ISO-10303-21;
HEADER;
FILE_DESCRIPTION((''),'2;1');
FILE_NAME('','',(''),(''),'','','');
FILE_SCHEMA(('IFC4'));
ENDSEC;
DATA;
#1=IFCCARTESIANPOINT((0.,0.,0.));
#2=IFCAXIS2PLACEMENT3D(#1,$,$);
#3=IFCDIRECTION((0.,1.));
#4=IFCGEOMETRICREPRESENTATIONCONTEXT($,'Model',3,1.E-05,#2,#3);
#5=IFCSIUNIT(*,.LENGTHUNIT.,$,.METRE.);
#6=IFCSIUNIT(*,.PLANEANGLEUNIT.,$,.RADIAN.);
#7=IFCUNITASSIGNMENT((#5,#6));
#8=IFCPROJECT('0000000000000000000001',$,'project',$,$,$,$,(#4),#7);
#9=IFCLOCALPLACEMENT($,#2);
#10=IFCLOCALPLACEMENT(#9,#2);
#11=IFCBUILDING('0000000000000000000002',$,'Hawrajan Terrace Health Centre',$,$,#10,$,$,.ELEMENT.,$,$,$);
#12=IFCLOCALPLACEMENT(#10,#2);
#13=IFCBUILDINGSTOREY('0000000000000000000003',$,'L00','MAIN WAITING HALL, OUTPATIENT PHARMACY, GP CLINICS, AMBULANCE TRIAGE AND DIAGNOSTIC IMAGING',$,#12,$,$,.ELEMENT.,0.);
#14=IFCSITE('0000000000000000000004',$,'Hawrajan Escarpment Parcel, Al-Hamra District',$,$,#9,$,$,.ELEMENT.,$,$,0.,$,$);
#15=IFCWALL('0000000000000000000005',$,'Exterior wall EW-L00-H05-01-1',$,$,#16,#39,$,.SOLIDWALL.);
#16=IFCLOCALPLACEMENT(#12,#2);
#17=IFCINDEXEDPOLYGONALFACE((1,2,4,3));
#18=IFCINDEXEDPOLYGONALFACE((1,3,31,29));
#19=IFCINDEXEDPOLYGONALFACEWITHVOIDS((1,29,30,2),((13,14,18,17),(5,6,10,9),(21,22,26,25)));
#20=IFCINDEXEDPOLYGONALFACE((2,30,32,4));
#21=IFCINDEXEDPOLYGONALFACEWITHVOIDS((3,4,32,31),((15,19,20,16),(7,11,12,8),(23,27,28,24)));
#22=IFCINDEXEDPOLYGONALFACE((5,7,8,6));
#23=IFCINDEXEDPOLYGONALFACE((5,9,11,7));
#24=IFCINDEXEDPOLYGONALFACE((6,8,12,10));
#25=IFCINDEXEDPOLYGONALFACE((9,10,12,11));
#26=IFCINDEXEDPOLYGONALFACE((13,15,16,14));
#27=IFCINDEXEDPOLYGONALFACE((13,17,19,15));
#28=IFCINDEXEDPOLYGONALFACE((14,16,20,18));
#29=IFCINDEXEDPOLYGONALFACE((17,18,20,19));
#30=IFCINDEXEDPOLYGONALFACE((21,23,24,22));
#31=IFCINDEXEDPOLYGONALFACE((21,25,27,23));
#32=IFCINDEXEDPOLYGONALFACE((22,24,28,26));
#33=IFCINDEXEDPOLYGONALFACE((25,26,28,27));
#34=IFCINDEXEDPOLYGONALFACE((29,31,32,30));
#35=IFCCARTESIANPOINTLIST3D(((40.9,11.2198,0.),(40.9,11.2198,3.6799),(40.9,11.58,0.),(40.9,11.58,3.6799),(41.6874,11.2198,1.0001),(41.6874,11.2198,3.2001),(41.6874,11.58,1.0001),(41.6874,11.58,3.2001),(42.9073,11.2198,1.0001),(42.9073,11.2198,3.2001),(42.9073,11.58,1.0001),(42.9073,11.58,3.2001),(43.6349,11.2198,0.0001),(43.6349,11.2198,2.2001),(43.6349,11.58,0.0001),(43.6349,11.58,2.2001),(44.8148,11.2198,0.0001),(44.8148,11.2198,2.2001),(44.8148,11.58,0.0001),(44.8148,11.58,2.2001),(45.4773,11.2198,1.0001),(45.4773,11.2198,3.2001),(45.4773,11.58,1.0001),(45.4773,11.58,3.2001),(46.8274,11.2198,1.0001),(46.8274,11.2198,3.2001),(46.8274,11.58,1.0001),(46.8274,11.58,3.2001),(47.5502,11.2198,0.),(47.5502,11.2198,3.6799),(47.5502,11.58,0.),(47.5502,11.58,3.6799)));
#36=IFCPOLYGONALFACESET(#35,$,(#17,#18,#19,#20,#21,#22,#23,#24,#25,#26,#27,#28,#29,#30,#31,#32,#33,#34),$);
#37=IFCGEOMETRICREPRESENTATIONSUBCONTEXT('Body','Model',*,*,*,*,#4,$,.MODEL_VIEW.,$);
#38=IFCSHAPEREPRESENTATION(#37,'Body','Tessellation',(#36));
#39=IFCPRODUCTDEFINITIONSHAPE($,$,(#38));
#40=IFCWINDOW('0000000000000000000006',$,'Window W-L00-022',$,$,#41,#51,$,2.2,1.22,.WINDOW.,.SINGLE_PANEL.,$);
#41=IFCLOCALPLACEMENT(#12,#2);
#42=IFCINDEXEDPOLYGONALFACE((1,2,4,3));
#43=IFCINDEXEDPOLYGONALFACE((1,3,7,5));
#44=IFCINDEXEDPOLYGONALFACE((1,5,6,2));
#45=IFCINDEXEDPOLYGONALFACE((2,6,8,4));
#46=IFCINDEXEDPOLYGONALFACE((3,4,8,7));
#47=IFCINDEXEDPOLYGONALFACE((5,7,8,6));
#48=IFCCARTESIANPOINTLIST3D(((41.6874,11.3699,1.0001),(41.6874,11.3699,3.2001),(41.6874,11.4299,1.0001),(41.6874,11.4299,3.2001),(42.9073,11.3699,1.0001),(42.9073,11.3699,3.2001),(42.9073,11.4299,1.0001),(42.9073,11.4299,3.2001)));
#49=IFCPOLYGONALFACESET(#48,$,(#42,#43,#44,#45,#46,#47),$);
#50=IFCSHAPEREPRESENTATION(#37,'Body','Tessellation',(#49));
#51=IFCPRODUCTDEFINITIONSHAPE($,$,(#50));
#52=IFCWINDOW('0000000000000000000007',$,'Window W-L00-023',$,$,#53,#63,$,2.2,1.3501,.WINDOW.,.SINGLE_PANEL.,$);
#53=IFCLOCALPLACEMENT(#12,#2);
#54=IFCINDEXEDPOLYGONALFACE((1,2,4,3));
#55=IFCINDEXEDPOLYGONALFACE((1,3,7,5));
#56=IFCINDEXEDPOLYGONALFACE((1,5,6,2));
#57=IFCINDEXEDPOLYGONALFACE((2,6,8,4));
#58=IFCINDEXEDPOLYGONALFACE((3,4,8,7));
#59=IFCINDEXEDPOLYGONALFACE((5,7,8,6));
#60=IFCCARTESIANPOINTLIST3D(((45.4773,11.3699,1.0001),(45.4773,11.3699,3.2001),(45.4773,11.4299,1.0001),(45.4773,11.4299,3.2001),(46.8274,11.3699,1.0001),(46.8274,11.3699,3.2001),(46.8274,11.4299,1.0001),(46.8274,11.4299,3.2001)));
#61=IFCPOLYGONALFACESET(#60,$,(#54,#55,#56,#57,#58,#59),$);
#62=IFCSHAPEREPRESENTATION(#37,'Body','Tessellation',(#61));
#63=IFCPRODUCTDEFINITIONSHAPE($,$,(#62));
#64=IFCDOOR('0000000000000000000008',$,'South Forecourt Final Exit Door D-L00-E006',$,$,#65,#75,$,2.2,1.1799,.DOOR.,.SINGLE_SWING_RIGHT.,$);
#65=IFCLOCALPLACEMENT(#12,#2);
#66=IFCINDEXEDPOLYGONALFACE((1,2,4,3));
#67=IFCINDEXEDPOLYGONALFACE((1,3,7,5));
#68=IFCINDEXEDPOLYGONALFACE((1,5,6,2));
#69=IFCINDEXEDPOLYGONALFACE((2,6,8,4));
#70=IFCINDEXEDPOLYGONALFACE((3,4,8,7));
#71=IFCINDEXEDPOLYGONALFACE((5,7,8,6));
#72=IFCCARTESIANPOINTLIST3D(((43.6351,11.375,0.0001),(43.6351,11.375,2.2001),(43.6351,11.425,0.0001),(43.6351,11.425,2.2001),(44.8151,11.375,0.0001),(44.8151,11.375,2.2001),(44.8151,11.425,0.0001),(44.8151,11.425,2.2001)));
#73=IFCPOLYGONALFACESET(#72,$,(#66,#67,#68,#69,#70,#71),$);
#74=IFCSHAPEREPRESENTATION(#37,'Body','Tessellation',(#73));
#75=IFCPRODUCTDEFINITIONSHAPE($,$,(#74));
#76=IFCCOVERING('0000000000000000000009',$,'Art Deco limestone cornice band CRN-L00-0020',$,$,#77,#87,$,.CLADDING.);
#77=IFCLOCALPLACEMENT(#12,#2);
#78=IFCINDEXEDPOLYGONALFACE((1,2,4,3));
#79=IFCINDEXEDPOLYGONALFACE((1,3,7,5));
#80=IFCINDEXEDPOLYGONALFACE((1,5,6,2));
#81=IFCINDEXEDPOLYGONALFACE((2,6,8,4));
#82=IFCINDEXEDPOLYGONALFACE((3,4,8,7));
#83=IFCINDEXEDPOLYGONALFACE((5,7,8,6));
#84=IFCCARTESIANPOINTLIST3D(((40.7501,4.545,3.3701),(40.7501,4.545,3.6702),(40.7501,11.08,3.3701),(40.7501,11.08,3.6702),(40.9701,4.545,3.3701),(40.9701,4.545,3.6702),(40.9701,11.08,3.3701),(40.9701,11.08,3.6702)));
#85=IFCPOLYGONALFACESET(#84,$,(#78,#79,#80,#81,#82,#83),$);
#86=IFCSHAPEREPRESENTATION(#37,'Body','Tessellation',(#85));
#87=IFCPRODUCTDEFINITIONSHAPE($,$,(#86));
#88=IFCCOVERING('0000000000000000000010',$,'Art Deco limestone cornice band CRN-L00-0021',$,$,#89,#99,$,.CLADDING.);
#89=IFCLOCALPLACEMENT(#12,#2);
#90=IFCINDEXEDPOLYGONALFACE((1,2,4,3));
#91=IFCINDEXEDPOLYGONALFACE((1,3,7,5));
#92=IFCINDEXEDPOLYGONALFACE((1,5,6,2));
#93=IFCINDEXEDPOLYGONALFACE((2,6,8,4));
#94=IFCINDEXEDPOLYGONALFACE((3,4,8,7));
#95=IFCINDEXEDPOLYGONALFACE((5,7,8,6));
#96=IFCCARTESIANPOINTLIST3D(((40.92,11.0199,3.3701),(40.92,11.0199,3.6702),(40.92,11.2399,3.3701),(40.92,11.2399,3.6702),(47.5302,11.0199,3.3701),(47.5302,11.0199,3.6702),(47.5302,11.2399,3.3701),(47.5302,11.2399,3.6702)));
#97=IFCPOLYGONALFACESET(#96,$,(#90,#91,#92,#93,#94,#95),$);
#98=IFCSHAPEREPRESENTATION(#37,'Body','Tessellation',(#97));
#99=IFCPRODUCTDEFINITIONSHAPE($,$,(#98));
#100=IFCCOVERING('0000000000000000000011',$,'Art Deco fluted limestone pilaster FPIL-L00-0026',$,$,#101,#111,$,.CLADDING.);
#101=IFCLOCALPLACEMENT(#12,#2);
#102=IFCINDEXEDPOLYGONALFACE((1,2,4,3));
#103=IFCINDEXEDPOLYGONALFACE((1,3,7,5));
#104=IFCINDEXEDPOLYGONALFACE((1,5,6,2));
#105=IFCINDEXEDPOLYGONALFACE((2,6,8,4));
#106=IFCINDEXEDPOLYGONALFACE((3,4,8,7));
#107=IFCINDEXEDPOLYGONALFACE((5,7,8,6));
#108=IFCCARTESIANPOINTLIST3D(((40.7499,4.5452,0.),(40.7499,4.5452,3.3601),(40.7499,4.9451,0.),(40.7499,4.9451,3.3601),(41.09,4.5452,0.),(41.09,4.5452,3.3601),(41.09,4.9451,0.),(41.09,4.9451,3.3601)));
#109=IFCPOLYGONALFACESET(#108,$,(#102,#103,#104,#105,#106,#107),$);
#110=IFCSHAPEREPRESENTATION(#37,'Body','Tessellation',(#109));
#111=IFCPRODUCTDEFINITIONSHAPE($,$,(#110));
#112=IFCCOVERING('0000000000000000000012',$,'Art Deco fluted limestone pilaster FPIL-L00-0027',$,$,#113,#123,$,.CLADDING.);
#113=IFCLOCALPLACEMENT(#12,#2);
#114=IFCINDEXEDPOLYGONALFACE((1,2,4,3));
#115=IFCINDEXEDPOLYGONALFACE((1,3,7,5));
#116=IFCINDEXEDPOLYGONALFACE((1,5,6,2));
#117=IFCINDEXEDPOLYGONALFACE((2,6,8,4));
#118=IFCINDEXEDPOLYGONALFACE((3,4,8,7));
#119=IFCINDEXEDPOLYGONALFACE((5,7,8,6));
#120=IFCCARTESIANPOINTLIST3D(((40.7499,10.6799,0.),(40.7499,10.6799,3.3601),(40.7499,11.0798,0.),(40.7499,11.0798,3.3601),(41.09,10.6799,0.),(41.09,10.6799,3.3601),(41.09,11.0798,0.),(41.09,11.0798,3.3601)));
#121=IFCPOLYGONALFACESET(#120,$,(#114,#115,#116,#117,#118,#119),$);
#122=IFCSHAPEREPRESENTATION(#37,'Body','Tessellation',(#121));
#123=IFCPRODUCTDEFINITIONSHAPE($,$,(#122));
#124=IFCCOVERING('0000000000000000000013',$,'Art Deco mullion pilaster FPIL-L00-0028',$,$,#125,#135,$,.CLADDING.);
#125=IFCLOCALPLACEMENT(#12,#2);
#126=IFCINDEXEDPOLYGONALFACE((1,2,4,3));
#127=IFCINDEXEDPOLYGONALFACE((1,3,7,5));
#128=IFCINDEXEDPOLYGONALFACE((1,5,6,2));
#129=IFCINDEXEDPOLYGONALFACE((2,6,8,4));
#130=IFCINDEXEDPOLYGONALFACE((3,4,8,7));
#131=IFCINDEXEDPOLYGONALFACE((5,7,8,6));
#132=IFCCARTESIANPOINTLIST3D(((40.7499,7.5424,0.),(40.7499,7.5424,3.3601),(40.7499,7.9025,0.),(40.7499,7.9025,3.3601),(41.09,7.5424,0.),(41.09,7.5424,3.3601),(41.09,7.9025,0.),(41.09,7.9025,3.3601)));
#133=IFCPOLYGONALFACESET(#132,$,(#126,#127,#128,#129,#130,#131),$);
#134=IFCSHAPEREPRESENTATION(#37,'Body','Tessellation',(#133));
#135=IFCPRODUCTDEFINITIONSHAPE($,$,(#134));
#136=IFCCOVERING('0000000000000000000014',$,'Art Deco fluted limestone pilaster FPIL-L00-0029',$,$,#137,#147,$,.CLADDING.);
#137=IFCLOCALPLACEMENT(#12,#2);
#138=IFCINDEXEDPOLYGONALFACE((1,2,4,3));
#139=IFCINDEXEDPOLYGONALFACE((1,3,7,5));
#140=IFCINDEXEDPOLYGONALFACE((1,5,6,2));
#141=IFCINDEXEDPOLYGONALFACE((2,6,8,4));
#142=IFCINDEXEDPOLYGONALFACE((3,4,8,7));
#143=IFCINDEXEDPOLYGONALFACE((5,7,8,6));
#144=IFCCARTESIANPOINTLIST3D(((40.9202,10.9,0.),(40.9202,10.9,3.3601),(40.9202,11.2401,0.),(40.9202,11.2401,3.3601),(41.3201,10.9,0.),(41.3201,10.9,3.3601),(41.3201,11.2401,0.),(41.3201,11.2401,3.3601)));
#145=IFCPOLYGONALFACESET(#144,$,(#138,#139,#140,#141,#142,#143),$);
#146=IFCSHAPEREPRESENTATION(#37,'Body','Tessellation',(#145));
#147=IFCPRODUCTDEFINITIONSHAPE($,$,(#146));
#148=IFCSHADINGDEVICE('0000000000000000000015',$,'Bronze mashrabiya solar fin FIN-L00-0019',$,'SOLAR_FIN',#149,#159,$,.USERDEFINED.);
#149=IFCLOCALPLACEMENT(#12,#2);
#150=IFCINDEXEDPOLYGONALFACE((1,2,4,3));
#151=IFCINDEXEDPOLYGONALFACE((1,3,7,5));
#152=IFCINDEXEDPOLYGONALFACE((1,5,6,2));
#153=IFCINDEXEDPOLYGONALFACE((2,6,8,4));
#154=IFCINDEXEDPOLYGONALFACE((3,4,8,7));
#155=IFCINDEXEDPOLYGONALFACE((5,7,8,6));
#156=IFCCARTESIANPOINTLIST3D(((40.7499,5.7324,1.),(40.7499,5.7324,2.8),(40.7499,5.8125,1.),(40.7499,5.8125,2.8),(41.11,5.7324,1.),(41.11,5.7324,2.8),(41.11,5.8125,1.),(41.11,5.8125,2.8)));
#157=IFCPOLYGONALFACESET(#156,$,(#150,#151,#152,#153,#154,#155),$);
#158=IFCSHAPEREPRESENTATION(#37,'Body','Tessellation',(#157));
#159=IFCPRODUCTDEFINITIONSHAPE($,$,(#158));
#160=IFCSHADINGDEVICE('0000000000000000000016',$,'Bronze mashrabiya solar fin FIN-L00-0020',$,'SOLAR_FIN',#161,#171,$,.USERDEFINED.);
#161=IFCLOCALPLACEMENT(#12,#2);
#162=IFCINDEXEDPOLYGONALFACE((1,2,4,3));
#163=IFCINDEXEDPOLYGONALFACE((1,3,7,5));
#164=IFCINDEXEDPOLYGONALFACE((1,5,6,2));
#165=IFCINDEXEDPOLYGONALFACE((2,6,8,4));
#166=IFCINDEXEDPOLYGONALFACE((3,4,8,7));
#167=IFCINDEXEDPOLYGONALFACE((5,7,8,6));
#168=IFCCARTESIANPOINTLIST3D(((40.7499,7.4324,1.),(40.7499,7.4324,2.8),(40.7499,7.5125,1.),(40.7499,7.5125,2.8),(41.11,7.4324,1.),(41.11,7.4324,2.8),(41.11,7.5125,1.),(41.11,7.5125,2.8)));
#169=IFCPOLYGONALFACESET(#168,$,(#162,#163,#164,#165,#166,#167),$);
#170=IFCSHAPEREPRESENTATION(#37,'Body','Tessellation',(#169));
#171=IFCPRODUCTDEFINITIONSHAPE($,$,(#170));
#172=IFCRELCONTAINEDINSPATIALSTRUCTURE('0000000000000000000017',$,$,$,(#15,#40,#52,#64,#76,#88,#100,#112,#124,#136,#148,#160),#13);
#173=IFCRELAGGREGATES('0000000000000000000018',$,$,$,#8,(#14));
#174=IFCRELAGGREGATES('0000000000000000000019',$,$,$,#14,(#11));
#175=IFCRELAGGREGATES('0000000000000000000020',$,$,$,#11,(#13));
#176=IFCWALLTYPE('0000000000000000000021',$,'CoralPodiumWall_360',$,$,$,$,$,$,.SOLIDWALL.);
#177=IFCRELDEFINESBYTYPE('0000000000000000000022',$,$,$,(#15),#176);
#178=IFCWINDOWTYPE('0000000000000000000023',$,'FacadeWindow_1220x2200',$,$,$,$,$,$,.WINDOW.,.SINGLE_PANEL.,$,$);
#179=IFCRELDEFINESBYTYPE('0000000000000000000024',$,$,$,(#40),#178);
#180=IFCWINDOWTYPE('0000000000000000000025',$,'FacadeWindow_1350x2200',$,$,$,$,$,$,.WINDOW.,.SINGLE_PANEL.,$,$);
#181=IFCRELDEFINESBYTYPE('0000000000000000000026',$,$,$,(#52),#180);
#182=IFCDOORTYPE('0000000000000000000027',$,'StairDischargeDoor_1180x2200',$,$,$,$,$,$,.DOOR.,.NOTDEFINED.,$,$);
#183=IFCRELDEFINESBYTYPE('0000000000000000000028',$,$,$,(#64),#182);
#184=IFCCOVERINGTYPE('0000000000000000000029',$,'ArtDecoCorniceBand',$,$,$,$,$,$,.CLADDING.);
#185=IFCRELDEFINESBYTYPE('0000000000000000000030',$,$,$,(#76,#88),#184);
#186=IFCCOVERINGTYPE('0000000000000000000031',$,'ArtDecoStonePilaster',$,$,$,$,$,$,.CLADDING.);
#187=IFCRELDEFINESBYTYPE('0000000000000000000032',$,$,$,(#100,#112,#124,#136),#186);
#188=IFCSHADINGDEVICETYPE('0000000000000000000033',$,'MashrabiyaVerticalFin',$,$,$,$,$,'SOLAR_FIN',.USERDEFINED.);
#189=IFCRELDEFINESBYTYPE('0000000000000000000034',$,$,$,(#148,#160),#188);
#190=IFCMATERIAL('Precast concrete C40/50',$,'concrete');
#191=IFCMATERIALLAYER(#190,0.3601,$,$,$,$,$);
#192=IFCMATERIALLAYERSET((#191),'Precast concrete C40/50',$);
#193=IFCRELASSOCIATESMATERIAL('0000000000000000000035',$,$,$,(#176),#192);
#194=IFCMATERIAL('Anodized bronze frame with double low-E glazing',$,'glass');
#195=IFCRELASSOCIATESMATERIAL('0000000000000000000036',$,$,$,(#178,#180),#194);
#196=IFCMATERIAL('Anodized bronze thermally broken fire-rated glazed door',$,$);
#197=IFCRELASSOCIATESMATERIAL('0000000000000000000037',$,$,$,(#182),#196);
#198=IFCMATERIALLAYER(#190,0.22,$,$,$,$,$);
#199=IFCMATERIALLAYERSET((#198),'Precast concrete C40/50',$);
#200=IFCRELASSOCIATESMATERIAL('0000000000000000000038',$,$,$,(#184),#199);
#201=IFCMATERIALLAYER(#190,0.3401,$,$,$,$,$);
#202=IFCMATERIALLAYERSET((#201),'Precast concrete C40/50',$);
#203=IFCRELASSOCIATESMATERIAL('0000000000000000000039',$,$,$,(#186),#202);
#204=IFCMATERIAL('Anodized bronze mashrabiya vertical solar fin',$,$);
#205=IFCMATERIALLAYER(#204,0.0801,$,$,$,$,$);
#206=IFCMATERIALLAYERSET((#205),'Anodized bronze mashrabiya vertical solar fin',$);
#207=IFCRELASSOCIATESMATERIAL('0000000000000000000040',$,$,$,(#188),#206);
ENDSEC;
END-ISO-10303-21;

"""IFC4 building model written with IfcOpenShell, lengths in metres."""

from ifc_helpers import new_model, si_unit, direction, frame, frame_2d, origin, origin_2d, place, context, subcontext, project, spatial, rectangle, extrude, material, layer, layer_set, type_object, element, fill, save


model = new_model("IFC4")

# Units and contexts
model_context = context("Model", 3, precision=1e-05, world=origin(), true_north=direction((0.0, 1.0)))
body_context = subcontext(model_context, "Body", "Model", "MODEL_VIEW")
ifc_project = project(units=[si_unit("LENGTHUNIT", "METRE"), si_unit("PLANEANGLEUNIT", "RADIAN")], contexts=[model_context])

# Site, building, storey
site_placement = place(None, origin())
site = spatial("IfcSite", under=ifc_project, at=site_placement, Name="Hawrajan Escarpment Parcel, Al-Hamra District", CompositionType="ELEMENT", RefElevation=0.0)
building_placement = place(site_placement, origin())
building = spatial("IfcBuilding", under=site, at=building_placement, Name="Hawrajan Terrace Health Centre", CompositionType="ELEMENT")
storey_placement = place(building_placement, origin())
storey = spatial("IfcBuildingStorey", under=building, at=storey_placement, Name="L00", Description="MAIN WAITING HALL, OUTPATIENT PHARMACY, GP CLINICS, AMBULANCE TRIAGE AND DIAGNOSTIC IMAGING", CompositionType="ELEMENT", Elevation=0.0)

# Wall, openings, windows, door
ifc_material_1 = material(Name="Precast concrete C40/50", Category="concrete")
ifc_layer_1 = layer(ifc_material_1, 0.3601)
ifc_layer_set_1 = layer_set([ifc_layer_1], Name="Precast concrete C40/50")
wall_type_1 = type_object("IfcWallType", Name="CoralPodiumWall_360", PredefinedType="SOLIDWALL", material=ifc_layer_set_1)
wall_1_placement = place(storey_placement, frame((40.8999, 11.3999, 0.0), z_axis=(0.0, 0.0, 1.0), x_axis=(1.0, 0.0, 0.0)))
wall_1 = element("IfcWall", 1, at=wall_1_placement, inside=storey, type_object=wall_type_1, Name="Exterior wall EW-L00-H05-01-1", PredefinedType="SOLIDWALL", context=body_context, shape_type="SweptSolid", body=[
    extrude(rectangle(XDim=6.6501, YDim=0.3601, at=frame_2d((3.3252, 0.0))), origin(), (0.0, 0.0, 1.0), 3.6799),
])
opening_1_placement = place(wall_1_placement, frame((2.7351, 0.0, 0.0)))
opening_1 = element("IfcOpeningElement", 2, at=opening_1_placement, cuts=wall_1, PredefinedType="OPENING", context=body_context, shape_type="SweptSolid", body=[
    extrude(rectangle(XDim=1.1799, YDim=2.2, at=frame_2d((0.5898, 1.1001))), frame((0.0, 0.1899, 0.0), z_axis=(0.0, -1.0, 0.0), x_axis=(1.0, 0.0, 0.0)), (0.0, 0.0, 1.0), 0.3801),
])
opening_2_placement = place(wall_1_placement, frame((0.7876, 0.0, 1.0)))
opening_2 = element("IfcOpeningElement", 3, at=opening_2_placement, cuts=wall_1, PredefinedType="OPENING", context=body_context, shape_type="SweptSolid", body=[
    extrude(rectangle(XDim=1.22, YDim=2.2, at=frame_2d((0.6099, 1.1001))), frame((0.0, 0.1899, 0.0), z_axis=(0.0, -1.0, 0.0), x_axis=(1.0, 0.0, 0.0)), (0.0, 0.0, 1.0), 0.3801),
])
opening_3_placement = place(wall_1_placement, frame((4.5774, 0.0, 1.0)))
opening_3 = element("IfcOpeningElement", 4, at=opening_3_placement, cuts=wall_1, PredefinedType="OPENING", context=body_context, shape_type="SweptSolid", body=[
    extrude(rectangle(XDim=1.3501, YDim=2.2, at=frame_2d((0.675, 1.1001))), frame((0.0, 0.1899, 0.0), z_axis=(0.0, -1.0, 0.0), x_axis=(1.0, 0.0, 0.0)), (0.0, 0.0, 1.0), 0.3801),
])
ifc_material_2 = material(Name="Anodized bronze frame with double low-E glazing", Category="glass")
window_type_1 = type_object("IfcWindowType", Name="FacadeWindow_1220x2200", PartitioningType="SINGLE_PANEL", PredefinedType="WINDOW", material=ifc_material_2)
window_1_placement = place(opening_2_placement, origin())
window_1 = element("IfcWindow", 5, at=window_1_placement, inside=storey, type_object=window_type_1, Name="Window W-L00-022", OverallHeight=2.2, OverallWidth=1.22, PartitioningType="SINGLE_PANEL", PredefinedType="WINDOW", context=body_context, shape_type="SweptSolid", body=[
    extrude(rectangle(XDim=1.22, YDim=2.2, at=frame_2d((0.6099, 1.1001))), frame((0.0, 0.03, 0.0), z_axis=(0.0, -1.0, 0.0), x_axis=(1.0, 0.0, 0.0)), (0.0, 0.0, 1.0), 0.0601),
])
fill(opening_2, window_1)
window_type_2 = type_object("IfcWindowType", Name="FacadeWindow_1350x2200", PartitioningType="SINGLE_PANEL", PredefinedType="WINDOW", material=ifc_material_2)
window_2_placement = place(opening_3_placement, origin())
window_2 = element("IfcWindow", 6, at=window_2_placement, inside=storey, type_object=window_type_2, Name="Window W-L00-023", OverallHeight=2.2, OverallWidth=1.3501, PartitioningType="SINGLE_PANEL", PredefinedType="WINDOW", context=body_context, shape_type="SweptSolid", body=[
    extrude(rectangle(XDim=1.3501, YDim=2.2, at=frame_2d((0.675, 1.1001))), frame((0.0, 0.03, 0.0), z_axis=(0.0, -1.0, 0.0), x_axis=(1.0, 0.0, 0.0)), (0.0, 0.0, 1.0), 0.0601),
])
fill(opening_3, window_2)
ifc_material_3 = material(Name="Anodized bronze thermally broken fire-rated glazed door")
door_type = type_object("IfcDoorType", Name="StairDischargeDoor_1180x2200", OperationType="NOTDEFINED", PredefinedType="DOOR", material=ifc_material_3)
door_placement = place(opening_1_placement, frame((1.1799, 0.0, 0.0), z_axis=(0.0, 0.0, 1.0), x_axis=(-1.0, 0.0, 0.0)))
door = element("IfcDoor", 7, at=door_placement, inside=storey, type_object=door_type, Name="South Forecourt Final Exit Door D-L00-E006", OperationType="SINGLE_SWING_RIGHT", OverallHeight=2.2, OverallWidth=1.1799, PredefinedType="DOOR", context=body_context, shape_type="SweptSolid", body=[
    extrude(rectangle(XDim=1.1799, YDim=2.2, at=frame_2d((0.5898, 1.1001))), frame((0.0, 0.0249, 0.0), z_axis=(0.0, -1.0, 0.0), x_axis=(1.0, 0.0, 0.0)), (0.0, 0.0, 1.0), 0.05),
])
fill(opening_1, door)

# Coverings
ifc_layer_2 = layer(ifc_material_1, 0.22)
ifc_layer_set_2 = layer_set([ifc_layer_2], Name="Precast concrete C40/50")
covering_type_1 = type_object("IfcCoveringType", Name="ArtDecoCorniceBand", PredefinedType="CLADDING", material=ifc_layer_set_2)
covering_1_placement = place(storey_placement, frame((40.8601, 7.8125, 3.3701), z_axis=(0.0, 0.0, 1.0), x_axis=(0.0, 1.0, 0.0)))
element("IfcCovering", 8, at=covering_1_placement, inside=storey, type_object=covering_type_1, Name="Art Deco limestone cornice band CRN-L00-0020", PredefinedType="CLADDING", context=body_context, shape_type="SweptSolid", body=[
    extrude(rectangle(XDim=6.5349, YDim=0.22, at=origin_2d()), origin(), (0.0, 0.0, 1.0), 0.3),
])
covering_2_placement = place(storey_placement, frame((44.2251, 11.1299, 3.3701), z_axis=(0.0, 0.0, 1.0), x_axis=(1.0, 0.0, 0.0)))
element("IfcCovering", 9, at=covering_2_placement, inside=storey, type_object=covering_type_1, Name="Art Deco limestone cornice band CRN-L00-0021", PredefinedType="CLADDING", context=body_context, shape_type="SweptSolid", body=[
    extrude(rectangle(XDim=6.6101, YDim=0.22, at=origin_2d()), origin(), (0.0, 0.0, 1.0), 0.3),
])
ifc_layer_3 = layer(ifc_material_1, 0.3401)
ifc_layer_set_3 = layer_set([ifc_layer_3], Name="Precast concrete C40/50")
covering_type_2 = type_object("IfcCoveringType", Name="ArtDecoStonePilaster", PredefinedType="CLADDING", material=ifc_layer_set_3)
for number, where, z_axis, x_axis, name in (
    (10, (40.9199, 4.7451, 0.0), (0.0, 0.0, 1.0), (0.0, 1.0, 0.0), "Art Deco fluted limestone pilaster FPIL-L00-0026"),
    (11, (40.9199, 10.8799, 0.0), (0.0, 0.0, 1.0), (0.0, 1.0, 0.0), "Art Deco fluted limestone pilaster FPIL-L00-0027"),
):
    element("IfcCovering", number, at=place(storey_placement, frame(where, z_axis=z_axis, x_axis=x_axis)), inside=storey, type_object=covering_type_2, Name=name, PredefinedType="CLADDING", context=body_context, shape_type="SweptSolid", body=[
        extrude(rectangle(XDim=0.3999, YDim=0.3401, at=origin_2d()), origin(), (0.0, 0.0, 1.0), 3.3601),
    ])
covering_3_placement = place(storey_placement, frame((40.9199, 7.7224, 0.0), z_axis=(0.0, 0.0, 1.0), x_axis=(0.0, 1.0, 0.0)))
element("IfcCovering", 12, at=covering_3_placement, inside=storey, type_object=covering_type_2, Name="Art Deco mullion pilaster FPIL-L00-0028", PredefinedType="CLADDING", context=body_context, shape_type="SweptSolid", body=[
    extrude(rectangle(XDim=0.3601, YDim=0.3401, at=origin_2d()), origin(), (0.0, 0.0, 1.0), 3.3601),
])
covering_4_placement = place(storey_placement, frame((41.1201, 11.0701, 0.0), z_axis=(0.0, 0.0, 1.0), x_axis=(1.0, 0.0, 0.0)))
element("IfcCovering", 13, at=covering_4_placement, inside=storey, type_object=covering_type_2, Name="Art Deco fluted limestone pilaster FPIL-L00-0029", PredefinedType="CLADDING", context=body_context, shape_type="SweptSolid", body=[
    extrude(rectangle(XDim=0.3999, YDim=0.3401, at=origin_2d()), origin(), (0.0, 0.0, 1.0), 3.3601),
])

# Shading devices
ifc_material_4 = material(Name="Anodized bronze mashrabiya vertical solar fin")
ifc_layer_4 = layer(ifc_material_4, 0.0801)
ifc_layer_set_4 = layer_set([ifc_layer_4], Name="Anodized bronze mashrabiya vertical solar fin")
shading_device_type_1 = type_object("IfcShadingDeviceType", Name="MashrabiyaVerticalFin", ElementType="SOLAR_FIN", PredefinedType="USERDEFINED", material=ifc_layer_set_4)
for number, where, z_axis, x_axis, name in (
    (14, (40.9299, 5.7725, 1.0), (0.0, 0.0, 1.0), (0.0, 1.0, 0.0), "Bronze mashrabiya solar fin FIN-L00-0019"),
    (15, (40.9299, 7.4724, 1.0), (0.0, 0.0, 1.0), (0.0, 1.0, 0.0), "Bronze mashrabiya solar fin FIN-L00-0020"),
):
    element("IfcShadingDevice", number, at=place(storey_placement, frame(where, z_axis=z_axis, x_axis=x_axis)), inside=storey, type_object=shading_device_type_1, Name=name, ObjectType="SOLAR_FIN", PredefinedType="USERDEFINED", context=body_context, shape_type="SweptSolid", body=[
        extrude(rectangle(XDim=0.0801, YDim=0.3601, at=origin_2d()), origin(), (0.0, 0.0, 1.0), 1.8),
    ])

save(model, "model.ifc")
